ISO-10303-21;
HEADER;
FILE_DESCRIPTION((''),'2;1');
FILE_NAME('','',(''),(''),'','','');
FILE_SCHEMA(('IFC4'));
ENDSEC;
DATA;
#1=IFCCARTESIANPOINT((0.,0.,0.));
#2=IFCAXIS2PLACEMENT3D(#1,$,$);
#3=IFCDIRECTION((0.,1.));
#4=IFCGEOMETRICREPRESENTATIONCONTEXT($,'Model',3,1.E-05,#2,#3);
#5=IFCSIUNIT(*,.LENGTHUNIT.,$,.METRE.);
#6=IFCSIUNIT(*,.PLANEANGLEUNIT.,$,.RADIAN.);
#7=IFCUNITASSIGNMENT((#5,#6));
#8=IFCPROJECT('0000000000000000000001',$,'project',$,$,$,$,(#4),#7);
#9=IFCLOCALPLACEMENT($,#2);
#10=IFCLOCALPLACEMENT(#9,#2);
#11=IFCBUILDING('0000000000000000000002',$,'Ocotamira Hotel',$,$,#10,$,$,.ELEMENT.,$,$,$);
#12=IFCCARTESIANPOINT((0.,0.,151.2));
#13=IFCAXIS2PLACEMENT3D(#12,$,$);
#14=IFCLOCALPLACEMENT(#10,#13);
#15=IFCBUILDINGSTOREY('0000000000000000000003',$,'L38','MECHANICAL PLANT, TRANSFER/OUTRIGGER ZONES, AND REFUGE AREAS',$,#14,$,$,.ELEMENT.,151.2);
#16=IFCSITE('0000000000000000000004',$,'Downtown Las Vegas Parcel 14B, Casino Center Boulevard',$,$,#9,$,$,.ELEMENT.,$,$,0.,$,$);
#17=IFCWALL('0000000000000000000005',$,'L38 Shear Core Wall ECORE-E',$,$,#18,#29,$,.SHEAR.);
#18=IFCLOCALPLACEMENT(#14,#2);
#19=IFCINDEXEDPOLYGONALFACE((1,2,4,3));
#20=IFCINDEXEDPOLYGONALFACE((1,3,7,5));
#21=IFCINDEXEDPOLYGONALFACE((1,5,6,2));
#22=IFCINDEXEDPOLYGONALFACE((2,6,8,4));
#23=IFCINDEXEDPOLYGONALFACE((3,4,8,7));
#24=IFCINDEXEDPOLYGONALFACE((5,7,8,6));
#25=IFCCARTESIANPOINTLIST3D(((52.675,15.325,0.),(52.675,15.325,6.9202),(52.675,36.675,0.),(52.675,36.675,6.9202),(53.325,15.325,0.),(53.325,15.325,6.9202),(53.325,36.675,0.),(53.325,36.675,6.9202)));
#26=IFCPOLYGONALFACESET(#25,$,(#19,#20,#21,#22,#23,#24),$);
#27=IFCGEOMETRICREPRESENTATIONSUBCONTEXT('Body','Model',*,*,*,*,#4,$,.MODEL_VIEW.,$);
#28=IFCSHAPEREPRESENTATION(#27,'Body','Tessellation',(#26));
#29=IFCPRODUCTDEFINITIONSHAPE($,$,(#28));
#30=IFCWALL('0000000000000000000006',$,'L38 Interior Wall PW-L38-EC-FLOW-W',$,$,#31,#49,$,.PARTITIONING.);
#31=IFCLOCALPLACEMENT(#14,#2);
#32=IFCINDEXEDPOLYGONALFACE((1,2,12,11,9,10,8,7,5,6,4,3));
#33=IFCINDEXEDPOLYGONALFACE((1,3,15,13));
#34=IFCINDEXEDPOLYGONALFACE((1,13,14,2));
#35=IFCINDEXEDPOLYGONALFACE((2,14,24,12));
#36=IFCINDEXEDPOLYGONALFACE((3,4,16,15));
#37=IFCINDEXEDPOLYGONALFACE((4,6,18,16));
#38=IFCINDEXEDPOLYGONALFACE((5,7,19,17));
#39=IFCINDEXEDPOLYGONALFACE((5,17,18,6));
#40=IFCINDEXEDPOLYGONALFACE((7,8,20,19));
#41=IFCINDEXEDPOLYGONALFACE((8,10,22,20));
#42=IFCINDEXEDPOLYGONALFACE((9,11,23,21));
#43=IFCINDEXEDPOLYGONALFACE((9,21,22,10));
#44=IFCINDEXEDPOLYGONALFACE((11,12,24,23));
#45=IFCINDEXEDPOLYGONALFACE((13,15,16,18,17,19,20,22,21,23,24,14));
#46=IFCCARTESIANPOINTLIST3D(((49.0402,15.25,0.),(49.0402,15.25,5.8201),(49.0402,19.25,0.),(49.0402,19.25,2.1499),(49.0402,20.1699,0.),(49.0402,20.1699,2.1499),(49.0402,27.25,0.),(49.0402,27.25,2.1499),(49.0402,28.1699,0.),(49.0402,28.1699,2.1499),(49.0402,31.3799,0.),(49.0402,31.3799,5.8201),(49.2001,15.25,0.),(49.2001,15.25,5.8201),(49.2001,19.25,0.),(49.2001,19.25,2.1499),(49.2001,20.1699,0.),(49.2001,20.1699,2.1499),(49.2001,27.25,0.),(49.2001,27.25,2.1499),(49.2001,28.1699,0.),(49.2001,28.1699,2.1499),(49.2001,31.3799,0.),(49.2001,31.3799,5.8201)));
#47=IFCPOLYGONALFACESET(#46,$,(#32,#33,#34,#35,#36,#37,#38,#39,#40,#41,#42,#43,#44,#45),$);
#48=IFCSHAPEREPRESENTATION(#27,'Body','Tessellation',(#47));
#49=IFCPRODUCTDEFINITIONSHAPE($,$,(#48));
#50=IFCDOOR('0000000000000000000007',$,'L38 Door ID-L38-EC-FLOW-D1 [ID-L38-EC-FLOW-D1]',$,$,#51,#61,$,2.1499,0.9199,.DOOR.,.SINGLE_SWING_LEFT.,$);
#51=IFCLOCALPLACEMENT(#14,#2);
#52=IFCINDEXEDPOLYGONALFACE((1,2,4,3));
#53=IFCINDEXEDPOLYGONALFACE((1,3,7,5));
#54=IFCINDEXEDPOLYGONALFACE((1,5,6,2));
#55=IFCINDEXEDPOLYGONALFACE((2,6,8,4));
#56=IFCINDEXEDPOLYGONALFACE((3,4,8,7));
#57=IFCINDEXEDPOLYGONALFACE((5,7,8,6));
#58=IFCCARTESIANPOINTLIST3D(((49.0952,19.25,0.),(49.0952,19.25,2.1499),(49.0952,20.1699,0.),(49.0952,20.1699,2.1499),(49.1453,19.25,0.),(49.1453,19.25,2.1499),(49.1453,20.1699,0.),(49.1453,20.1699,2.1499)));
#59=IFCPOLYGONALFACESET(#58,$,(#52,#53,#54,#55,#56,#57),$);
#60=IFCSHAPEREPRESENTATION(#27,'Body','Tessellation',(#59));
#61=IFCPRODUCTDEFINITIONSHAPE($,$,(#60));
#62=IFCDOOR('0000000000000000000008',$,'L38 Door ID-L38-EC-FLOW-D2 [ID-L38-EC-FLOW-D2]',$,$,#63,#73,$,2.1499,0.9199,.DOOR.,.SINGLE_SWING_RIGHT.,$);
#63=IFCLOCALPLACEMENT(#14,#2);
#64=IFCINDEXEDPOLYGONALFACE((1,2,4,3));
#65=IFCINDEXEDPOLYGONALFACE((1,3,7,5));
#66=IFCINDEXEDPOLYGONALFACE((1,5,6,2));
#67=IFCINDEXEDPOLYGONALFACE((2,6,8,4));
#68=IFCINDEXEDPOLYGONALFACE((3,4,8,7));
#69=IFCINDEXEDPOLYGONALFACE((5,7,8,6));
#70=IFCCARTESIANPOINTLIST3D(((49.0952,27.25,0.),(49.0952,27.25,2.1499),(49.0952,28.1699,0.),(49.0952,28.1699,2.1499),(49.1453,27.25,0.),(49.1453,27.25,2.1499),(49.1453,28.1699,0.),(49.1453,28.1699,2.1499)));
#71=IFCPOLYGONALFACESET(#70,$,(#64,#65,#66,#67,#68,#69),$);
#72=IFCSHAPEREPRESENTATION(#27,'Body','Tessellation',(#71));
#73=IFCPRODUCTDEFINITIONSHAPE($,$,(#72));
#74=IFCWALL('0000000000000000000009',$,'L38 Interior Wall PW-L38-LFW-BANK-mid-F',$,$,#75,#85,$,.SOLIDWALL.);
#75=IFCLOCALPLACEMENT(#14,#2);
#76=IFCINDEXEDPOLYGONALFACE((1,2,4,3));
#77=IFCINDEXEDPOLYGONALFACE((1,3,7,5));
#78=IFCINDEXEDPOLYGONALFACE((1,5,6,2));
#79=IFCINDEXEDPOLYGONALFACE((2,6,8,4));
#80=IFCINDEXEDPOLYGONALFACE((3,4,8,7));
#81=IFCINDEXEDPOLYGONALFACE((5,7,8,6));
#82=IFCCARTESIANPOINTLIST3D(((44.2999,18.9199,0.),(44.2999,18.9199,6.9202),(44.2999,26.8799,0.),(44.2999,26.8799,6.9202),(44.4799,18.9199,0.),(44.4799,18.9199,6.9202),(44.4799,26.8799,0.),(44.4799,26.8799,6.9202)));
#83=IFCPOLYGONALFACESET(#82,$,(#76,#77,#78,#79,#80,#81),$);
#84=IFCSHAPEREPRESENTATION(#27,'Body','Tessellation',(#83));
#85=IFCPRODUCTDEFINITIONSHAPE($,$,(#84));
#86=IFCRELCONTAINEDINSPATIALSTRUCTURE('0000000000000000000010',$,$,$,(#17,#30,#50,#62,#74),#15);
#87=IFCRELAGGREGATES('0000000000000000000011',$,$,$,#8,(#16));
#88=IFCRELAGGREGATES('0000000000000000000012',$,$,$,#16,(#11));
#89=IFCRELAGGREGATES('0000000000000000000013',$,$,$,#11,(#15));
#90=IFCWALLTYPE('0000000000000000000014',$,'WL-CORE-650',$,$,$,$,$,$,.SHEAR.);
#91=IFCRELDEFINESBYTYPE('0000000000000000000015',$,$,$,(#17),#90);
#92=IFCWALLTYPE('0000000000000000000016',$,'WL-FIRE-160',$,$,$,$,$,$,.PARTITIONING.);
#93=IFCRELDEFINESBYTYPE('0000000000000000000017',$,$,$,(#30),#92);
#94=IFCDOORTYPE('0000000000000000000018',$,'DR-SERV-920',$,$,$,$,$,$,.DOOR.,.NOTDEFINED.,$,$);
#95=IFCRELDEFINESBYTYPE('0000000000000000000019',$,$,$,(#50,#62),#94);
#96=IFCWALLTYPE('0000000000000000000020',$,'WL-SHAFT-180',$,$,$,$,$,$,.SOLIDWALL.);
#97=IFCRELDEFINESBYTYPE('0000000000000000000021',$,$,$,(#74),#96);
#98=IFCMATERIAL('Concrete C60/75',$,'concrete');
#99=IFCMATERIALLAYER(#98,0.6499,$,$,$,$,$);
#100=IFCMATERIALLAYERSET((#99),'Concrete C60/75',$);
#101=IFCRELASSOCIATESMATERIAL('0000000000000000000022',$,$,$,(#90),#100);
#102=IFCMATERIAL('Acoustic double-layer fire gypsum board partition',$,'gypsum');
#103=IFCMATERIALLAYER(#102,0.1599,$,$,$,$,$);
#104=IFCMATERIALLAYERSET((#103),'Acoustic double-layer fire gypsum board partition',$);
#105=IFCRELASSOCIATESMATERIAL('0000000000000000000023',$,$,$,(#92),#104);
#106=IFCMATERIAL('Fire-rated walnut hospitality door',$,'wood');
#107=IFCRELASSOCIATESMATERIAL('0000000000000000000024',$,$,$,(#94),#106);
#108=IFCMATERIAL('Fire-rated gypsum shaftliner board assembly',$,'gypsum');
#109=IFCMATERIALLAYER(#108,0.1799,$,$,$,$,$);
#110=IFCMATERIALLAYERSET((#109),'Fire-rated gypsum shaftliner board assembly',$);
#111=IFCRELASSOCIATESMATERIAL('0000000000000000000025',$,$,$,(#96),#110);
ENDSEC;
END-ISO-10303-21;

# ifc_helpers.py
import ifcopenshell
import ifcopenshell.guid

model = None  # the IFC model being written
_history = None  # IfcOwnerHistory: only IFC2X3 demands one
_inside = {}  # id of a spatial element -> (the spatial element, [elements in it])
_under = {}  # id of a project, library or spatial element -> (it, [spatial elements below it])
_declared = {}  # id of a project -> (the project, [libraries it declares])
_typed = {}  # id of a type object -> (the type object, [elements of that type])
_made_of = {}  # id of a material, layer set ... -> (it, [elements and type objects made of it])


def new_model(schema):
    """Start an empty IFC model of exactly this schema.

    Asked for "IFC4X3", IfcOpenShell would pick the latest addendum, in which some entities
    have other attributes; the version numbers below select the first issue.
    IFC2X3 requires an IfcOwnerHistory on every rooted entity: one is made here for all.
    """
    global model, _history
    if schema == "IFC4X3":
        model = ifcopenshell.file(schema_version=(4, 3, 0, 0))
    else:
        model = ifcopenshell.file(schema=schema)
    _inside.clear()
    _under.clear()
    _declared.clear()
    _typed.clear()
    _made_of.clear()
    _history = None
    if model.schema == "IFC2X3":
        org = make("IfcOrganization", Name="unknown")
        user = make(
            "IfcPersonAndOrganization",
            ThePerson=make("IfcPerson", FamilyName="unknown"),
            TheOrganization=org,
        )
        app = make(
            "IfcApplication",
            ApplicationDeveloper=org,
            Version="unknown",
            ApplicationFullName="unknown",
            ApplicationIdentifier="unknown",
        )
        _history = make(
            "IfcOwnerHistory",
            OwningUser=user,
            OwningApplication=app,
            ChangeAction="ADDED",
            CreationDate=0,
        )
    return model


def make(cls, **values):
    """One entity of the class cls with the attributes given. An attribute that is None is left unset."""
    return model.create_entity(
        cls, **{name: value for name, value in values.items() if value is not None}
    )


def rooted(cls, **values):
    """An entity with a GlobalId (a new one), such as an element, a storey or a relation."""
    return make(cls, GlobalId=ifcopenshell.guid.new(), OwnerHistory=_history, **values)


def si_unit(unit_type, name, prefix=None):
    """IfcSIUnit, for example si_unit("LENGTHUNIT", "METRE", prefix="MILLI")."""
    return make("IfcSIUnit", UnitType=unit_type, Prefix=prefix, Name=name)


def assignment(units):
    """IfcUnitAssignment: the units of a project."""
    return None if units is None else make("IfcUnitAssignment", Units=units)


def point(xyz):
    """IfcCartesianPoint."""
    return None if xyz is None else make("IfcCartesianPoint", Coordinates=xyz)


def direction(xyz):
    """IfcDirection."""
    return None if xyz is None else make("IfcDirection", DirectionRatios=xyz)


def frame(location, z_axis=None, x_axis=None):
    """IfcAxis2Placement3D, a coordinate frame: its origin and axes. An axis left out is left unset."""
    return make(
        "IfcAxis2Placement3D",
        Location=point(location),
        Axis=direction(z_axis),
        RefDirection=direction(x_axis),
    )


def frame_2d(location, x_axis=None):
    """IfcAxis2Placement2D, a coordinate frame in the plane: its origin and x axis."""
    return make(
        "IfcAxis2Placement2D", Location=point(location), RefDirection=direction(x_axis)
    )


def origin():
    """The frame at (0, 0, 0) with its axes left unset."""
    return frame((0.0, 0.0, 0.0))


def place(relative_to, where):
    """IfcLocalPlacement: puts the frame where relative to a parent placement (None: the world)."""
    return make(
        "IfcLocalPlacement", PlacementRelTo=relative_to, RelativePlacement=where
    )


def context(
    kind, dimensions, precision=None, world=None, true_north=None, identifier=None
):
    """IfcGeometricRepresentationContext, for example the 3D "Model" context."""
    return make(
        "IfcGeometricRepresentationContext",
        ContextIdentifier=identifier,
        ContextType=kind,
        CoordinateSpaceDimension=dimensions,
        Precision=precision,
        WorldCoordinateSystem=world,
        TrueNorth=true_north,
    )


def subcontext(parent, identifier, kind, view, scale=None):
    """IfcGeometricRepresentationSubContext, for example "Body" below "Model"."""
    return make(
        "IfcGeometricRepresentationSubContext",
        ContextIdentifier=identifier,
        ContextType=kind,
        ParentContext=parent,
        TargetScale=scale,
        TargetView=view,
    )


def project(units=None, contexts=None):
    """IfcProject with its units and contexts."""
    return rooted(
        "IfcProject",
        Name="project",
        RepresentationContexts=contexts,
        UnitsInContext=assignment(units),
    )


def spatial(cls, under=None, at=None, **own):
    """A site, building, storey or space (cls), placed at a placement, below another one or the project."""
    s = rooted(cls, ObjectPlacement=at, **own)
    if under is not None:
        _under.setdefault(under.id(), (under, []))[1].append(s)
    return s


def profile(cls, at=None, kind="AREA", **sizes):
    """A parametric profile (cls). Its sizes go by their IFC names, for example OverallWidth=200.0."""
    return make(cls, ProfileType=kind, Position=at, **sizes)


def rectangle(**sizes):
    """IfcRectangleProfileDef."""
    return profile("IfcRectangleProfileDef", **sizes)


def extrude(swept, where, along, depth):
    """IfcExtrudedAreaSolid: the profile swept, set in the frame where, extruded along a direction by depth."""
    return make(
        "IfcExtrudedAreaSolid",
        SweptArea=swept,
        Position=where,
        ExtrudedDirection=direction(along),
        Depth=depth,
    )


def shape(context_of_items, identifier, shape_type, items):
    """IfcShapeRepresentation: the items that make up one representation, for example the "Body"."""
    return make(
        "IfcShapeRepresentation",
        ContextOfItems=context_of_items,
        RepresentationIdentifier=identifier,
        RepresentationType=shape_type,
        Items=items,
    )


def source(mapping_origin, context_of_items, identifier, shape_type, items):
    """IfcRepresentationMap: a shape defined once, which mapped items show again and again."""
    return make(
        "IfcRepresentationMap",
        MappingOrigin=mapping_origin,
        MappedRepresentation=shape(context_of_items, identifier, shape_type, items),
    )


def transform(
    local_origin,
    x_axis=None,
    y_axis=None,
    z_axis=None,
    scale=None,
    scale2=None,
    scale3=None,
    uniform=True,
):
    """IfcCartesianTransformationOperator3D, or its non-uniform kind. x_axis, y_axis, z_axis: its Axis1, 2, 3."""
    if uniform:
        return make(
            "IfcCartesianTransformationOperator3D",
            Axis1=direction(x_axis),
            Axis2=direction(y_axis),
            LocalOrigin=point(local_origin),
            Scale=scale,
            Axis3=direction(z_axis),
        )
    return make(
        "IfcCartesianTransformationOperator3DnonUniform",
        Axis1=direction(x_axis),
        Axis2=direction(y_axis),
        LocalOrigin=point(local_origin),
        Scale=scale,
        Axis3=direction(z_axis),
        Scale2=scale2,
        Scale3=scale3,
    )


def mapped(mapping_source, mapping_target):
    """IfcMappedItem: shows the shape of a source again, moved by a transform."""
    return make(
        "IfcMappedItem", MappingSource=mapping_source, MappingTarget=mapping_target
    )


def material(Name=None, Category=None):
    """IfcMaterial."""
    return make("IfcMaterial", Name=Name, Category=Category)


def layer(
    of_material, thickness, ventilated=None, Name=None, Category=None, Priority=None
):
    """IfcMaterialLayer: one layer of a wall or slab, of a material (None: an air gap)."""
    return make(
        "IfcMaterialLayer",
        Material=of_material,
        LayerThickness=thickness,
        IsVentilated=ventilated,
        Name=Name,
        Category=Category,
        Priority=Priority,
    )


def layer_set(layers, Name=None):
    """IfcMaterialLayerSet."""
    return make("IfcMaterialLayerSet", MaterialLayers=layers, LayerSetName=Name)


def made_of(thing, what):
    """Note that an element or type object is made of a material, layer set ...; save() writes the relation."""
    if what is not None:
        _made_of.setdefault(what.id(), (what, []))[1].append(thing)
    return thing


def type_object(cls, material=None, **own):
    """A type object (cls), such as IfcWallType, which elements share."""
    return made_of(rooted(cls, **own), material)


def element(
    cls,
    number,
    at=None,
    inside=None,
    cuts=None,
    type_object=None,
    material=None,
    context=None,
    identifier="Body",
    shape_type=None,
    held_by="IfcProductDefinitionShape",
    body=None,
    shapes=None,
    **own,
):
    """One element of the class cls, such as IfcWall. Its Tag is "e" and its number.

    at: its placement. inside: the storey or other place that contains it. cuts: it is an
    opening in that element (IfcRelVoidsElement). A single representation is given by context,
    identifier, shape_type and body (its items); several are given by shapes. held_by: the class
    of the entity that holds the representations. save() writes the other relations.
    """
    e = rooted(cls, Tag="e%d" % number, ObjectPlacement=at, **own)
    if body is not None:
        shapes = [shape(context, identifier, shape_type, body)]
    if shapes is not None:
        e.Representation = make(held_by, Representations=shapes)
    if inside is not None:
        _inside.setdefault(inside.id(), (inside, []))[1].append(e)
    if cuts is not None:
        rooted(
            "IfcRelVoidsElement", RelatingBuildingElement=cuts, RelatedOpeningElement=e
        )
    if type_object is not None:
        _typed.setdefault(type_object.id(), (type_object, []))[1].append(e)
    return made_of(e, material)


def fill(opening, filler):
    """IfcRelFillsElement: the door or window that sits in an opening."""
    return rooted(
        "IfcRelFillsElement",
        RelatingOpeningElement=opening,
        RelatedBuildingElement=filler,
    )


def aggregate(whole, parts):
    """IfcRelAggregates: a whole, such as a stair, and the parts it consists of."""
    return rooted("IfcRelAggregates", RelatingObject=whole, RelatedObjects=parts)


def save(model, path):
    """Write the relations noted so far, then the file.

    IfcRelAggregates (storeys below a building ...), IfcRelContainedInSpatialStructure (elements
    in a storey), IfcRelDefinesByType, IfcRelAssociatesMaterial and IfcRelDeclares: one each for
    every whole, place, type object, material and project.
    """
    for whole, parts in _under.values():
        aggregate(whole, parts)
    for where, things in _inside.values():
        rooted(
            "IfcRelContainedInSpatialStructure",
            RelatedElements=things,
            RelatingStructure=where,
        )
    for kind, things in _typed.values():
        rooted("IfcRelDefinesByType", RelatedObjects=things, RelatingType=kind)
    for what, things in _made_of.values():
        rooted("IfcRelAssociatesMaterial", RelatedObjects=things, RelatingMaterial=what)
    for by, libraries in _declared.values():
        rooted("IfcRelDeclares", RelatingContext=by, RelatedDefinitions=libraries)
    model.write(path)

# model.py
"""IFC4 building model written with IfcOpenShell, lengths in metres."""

from ifc_helpers import new_model, si_unit, direction, frame, frame_2d, origin, place, context, subcontext, project, spatial, rectangle, extrude, source, transform, mapped, material, layer, layer_set, type_object, element, fill, save


model = new_model("IFC4")

# Units and contexts
model_context = context("Model", 3, precision=1e-05, world=origin(), true_north=direction((0.0, 1.0)))
body_context = subcontext(model_context, "Body", "Model", "MODEL_VIEW")
ifc_project = project(units=[si_unit("LENGTHUNIT", "METRE"), si_unit("PLANEANGLEUNIT", "RADIAN")], contexts=[model_context])

# Site, building, storey
site_placement = place(None, origin())
site = spatial("IfcSite", under=ifc_project, at=site_placement, Name="Downtown Las Vegas Parcel 14B, Casino Center Boulevard", CompositionType="ELEMENT", RefElevation=0.0)
building_placement = place(site_placement, origin())
building = spatial("IfcBuilding", under=site, at=building_placement, Name="Ocotamira Hotel", CompositionType="ELEMENT")
storey_placement = place(building_placement, frame((0.0, 0.0, 151.2)))
storey = spatial("IfcBuildingStorey", under=building, at=storey_placement, Name="L38", Description="MECHANICAL PLANT, TRANSFER/OUTRIGGER ZONES, AND REFUGE AREAS", CompositionType="ELEMENT", Elevation=151.2)

# Wall
ifc_material_1 = material(Name="Concrete C60/75", Category="concrete")
ifc_layer_1 = layer(ifc_material_1, 0.6499)
ifc_layer_set_1 = layer_set([ifc_layer_1], Name="Concrete C60/75")
wall_type_1 = type_object("IfcWallType", Name="WL-CORE-650", PredefinedType="SHEAR", material=ifc_layer_set_1)
wall_1_placement = place(storey_placement, frame((53.0, 15.325, 0.0), z_axis=(0.0, 0.0, 1.0), x_axis=(0.0, 1.0, 0.0)))
element("IfcWall", 1, at=wall_1_placement, inside=storey, type_object=wall_type_1, Name="L38 Shear Core Wall ECORE-E", PredefinedType="SHEAR", context=body_context, shape_type="SweptSolid", body=[
    extrude(rectangle(XDim=21.3501, YDim=0.6499, at=frame_2d((10.675, 0.0))), origin(), (0.0, 0.0, 1.0), 6.9202),
])

# Wall, openings, doors
ifc_material_2 = material(Name="Acoustic double-layer fire gypsum board partition", Category="gypsum")
ifc_layer_2 = layer(ifc_material_2, 0.1599)
ifc_layer_set_2 = layer_set([ifc_layer_2], Name="Acoustic double-layer fire gypsum board partition")
wall_type_2 = type_object("IfcWallType", Name="WL-FIRE-160", PredefinedType="PARTITIONING", material=ifc_layer_set_2)
wall_2_placement = place(storey_placement, frame((49.1201, 15.25, 0.0), z_axis=(0.0, 0.0, 1.0), x_axis=(0.0, 1.0, 0.0)))
wall_2 = element("IfcWall", 2, at=wall_2_placement, inside=storey, type_object=wall_type_2, Name="L38 Interior Wall PW-L38-EC-FLOW-W", PredefinedType="PARTITIONING", context=body_context, shape_type="SweptSolid", body=[
    extrude(rectangle(XDim=16.1299, YDim=0.1599, at=frame_2d((8.0649, 0.0))), origin(), (0.0, 0.0, 1.0), 5.8201),
])
opening_1_placement = place(wall_2_placement, frame((4.0, 0.0, 0.0)))
opening_1 = element("IfcOpeningElement", 3, at=opening_1_placement, cuts=wall_2, PredefinedType="OPENING", context=body_context, shape_type="SweptSolid", body=[
    extrude(rectangle(XDim=0.9199, YDim=2.1499, at=frame_2d((0.46, 1.075))), frame((0.0, 0.0898, 0.0), z_axis=(0.0, -1.0, 0.0), x_axis=(1.0, 0.0, 0.0)), (0.0, 0.0, 1.0), 0.1799),
])
opening_2_placement = place(wall_2_placement, frame((12.0, 0.0, 0.0)))
opening_2 = element("IfcOpeningElement", 4, at=opening_2_placement, cuts=wall_2, PredefinedType="OPENING", context=body_context, shape_type="SweptSolid", body=[
    extrude(rectangle(XDim=0.9199, YDim=2.1499, at=frame_2d((0.46, 1.075))), frame((0.0, 0.0898, 0.0), z_axis=(0.0, -1.0, 0.0), x_axis=(1.0, 0.0, 0.0)), (0.0, 0.0, 1.0), 0.1799),
])
ifc_material_3 = material(Name="Fire-rated walnut hospitality door", Category="wood")
door_type = type_object("IfcDoorType", Name="DR-SERV-920", OperationType="NOTDEFINED", PredefinedType="DOOR", material=ifc_material_3)
shared_shape_1 = source(origin(), body_context, "Body", "SweptSolid", [
    extrude(rectangle(XDim=0.9199, YDim=2.1499, at=frame_2d((0.46, 1.075))), frame((0.0, 0.0249, 0.0), z_axis=(0.0, -1.0, 0.0), x_axis=(1.0, 0.0, 0.0)), (0.0, 0.0, 1.0), 0.05),
])
door_1_placement = place(opening_1_placement, origin())
door_1 = element("IfcDoor", 5, at=door_1_placement, inside=storey, type_object=door_type, Name="L38 Door ID-L38-EC-FLOW-D1 [ID-L38-EC-FLOW-D1]", OperationType="SINGLE_SWING_LEFT", OverallHeight=2.1499, OverallWidth=0.9199, PredefinedType="DOOR", context=body_context, shape_type="MappedRepresentation", body=[
    mapped(shared_shape_1, transform((0.0, 0.0, 0.0), scale=1.0)),
])
fill(opening_1, door_1)
door_2_placement = place(opening_2_placement, origin())
door_2 = element("IfcDoor", 6, at=door_2_placement, inside=storey, type_object=door_type, Name="L38 Door ID-L38-EC-FLOW-D2 [ID-L38-EC-FLOW-D2]", OperationType="SINGLE_SWING_RIGHT", OverallHeight=2.1499, OverallWidth=0.9199, PredefinedType="DOOR", context=body_context, shape_type="MappedRepresentation", body=[
    mapped(shared_shape_1, transform((0.0, 0.0, 0.0), scale=1.0)),
])
fill(opening_2, door_2)

# Wall
ifc_material_4 = material(Name="Fire-rated gypsum shaftliner board assembly", Category="gypsum")
ifc_layer_3 = layer(ifc_material_4, 0.1799)
ifc_layer_set_3 = layer_set([ifc_layer_3], Name="Fire-rated gypsum shaftliner board assembly")
wall_type_3 = type_object("IfcWallType", Name="WL-SHAFT-180", PredefinedType="SOLIDWALL", material=ifc_layer_set_3)
wall_3_placement = place(storey_placement, frame((44.3899, 18.9199, 0.0), z_axis=(0.0, 0.0, 1.0), x_axis=(0.0, 1.0, 0.0)))
element("IfcWall", 7, at=wall_3_placement, inside=storey, type_object=wall_type_3, Name="L38 Interior Wall PW-L38-LFW-BANK-mid-F", PredefinedType="SOLIDWALL", context=body_context, shape_type="SweptSolid", body=[
    extrude(rectangle(XDim=7.96, YDim=0.1799, at=frame_2d((3.98, 0.0))), origin(), (0.0, 0.0, 1.0), 6.9202),
])

save(model, "model.ifc")
